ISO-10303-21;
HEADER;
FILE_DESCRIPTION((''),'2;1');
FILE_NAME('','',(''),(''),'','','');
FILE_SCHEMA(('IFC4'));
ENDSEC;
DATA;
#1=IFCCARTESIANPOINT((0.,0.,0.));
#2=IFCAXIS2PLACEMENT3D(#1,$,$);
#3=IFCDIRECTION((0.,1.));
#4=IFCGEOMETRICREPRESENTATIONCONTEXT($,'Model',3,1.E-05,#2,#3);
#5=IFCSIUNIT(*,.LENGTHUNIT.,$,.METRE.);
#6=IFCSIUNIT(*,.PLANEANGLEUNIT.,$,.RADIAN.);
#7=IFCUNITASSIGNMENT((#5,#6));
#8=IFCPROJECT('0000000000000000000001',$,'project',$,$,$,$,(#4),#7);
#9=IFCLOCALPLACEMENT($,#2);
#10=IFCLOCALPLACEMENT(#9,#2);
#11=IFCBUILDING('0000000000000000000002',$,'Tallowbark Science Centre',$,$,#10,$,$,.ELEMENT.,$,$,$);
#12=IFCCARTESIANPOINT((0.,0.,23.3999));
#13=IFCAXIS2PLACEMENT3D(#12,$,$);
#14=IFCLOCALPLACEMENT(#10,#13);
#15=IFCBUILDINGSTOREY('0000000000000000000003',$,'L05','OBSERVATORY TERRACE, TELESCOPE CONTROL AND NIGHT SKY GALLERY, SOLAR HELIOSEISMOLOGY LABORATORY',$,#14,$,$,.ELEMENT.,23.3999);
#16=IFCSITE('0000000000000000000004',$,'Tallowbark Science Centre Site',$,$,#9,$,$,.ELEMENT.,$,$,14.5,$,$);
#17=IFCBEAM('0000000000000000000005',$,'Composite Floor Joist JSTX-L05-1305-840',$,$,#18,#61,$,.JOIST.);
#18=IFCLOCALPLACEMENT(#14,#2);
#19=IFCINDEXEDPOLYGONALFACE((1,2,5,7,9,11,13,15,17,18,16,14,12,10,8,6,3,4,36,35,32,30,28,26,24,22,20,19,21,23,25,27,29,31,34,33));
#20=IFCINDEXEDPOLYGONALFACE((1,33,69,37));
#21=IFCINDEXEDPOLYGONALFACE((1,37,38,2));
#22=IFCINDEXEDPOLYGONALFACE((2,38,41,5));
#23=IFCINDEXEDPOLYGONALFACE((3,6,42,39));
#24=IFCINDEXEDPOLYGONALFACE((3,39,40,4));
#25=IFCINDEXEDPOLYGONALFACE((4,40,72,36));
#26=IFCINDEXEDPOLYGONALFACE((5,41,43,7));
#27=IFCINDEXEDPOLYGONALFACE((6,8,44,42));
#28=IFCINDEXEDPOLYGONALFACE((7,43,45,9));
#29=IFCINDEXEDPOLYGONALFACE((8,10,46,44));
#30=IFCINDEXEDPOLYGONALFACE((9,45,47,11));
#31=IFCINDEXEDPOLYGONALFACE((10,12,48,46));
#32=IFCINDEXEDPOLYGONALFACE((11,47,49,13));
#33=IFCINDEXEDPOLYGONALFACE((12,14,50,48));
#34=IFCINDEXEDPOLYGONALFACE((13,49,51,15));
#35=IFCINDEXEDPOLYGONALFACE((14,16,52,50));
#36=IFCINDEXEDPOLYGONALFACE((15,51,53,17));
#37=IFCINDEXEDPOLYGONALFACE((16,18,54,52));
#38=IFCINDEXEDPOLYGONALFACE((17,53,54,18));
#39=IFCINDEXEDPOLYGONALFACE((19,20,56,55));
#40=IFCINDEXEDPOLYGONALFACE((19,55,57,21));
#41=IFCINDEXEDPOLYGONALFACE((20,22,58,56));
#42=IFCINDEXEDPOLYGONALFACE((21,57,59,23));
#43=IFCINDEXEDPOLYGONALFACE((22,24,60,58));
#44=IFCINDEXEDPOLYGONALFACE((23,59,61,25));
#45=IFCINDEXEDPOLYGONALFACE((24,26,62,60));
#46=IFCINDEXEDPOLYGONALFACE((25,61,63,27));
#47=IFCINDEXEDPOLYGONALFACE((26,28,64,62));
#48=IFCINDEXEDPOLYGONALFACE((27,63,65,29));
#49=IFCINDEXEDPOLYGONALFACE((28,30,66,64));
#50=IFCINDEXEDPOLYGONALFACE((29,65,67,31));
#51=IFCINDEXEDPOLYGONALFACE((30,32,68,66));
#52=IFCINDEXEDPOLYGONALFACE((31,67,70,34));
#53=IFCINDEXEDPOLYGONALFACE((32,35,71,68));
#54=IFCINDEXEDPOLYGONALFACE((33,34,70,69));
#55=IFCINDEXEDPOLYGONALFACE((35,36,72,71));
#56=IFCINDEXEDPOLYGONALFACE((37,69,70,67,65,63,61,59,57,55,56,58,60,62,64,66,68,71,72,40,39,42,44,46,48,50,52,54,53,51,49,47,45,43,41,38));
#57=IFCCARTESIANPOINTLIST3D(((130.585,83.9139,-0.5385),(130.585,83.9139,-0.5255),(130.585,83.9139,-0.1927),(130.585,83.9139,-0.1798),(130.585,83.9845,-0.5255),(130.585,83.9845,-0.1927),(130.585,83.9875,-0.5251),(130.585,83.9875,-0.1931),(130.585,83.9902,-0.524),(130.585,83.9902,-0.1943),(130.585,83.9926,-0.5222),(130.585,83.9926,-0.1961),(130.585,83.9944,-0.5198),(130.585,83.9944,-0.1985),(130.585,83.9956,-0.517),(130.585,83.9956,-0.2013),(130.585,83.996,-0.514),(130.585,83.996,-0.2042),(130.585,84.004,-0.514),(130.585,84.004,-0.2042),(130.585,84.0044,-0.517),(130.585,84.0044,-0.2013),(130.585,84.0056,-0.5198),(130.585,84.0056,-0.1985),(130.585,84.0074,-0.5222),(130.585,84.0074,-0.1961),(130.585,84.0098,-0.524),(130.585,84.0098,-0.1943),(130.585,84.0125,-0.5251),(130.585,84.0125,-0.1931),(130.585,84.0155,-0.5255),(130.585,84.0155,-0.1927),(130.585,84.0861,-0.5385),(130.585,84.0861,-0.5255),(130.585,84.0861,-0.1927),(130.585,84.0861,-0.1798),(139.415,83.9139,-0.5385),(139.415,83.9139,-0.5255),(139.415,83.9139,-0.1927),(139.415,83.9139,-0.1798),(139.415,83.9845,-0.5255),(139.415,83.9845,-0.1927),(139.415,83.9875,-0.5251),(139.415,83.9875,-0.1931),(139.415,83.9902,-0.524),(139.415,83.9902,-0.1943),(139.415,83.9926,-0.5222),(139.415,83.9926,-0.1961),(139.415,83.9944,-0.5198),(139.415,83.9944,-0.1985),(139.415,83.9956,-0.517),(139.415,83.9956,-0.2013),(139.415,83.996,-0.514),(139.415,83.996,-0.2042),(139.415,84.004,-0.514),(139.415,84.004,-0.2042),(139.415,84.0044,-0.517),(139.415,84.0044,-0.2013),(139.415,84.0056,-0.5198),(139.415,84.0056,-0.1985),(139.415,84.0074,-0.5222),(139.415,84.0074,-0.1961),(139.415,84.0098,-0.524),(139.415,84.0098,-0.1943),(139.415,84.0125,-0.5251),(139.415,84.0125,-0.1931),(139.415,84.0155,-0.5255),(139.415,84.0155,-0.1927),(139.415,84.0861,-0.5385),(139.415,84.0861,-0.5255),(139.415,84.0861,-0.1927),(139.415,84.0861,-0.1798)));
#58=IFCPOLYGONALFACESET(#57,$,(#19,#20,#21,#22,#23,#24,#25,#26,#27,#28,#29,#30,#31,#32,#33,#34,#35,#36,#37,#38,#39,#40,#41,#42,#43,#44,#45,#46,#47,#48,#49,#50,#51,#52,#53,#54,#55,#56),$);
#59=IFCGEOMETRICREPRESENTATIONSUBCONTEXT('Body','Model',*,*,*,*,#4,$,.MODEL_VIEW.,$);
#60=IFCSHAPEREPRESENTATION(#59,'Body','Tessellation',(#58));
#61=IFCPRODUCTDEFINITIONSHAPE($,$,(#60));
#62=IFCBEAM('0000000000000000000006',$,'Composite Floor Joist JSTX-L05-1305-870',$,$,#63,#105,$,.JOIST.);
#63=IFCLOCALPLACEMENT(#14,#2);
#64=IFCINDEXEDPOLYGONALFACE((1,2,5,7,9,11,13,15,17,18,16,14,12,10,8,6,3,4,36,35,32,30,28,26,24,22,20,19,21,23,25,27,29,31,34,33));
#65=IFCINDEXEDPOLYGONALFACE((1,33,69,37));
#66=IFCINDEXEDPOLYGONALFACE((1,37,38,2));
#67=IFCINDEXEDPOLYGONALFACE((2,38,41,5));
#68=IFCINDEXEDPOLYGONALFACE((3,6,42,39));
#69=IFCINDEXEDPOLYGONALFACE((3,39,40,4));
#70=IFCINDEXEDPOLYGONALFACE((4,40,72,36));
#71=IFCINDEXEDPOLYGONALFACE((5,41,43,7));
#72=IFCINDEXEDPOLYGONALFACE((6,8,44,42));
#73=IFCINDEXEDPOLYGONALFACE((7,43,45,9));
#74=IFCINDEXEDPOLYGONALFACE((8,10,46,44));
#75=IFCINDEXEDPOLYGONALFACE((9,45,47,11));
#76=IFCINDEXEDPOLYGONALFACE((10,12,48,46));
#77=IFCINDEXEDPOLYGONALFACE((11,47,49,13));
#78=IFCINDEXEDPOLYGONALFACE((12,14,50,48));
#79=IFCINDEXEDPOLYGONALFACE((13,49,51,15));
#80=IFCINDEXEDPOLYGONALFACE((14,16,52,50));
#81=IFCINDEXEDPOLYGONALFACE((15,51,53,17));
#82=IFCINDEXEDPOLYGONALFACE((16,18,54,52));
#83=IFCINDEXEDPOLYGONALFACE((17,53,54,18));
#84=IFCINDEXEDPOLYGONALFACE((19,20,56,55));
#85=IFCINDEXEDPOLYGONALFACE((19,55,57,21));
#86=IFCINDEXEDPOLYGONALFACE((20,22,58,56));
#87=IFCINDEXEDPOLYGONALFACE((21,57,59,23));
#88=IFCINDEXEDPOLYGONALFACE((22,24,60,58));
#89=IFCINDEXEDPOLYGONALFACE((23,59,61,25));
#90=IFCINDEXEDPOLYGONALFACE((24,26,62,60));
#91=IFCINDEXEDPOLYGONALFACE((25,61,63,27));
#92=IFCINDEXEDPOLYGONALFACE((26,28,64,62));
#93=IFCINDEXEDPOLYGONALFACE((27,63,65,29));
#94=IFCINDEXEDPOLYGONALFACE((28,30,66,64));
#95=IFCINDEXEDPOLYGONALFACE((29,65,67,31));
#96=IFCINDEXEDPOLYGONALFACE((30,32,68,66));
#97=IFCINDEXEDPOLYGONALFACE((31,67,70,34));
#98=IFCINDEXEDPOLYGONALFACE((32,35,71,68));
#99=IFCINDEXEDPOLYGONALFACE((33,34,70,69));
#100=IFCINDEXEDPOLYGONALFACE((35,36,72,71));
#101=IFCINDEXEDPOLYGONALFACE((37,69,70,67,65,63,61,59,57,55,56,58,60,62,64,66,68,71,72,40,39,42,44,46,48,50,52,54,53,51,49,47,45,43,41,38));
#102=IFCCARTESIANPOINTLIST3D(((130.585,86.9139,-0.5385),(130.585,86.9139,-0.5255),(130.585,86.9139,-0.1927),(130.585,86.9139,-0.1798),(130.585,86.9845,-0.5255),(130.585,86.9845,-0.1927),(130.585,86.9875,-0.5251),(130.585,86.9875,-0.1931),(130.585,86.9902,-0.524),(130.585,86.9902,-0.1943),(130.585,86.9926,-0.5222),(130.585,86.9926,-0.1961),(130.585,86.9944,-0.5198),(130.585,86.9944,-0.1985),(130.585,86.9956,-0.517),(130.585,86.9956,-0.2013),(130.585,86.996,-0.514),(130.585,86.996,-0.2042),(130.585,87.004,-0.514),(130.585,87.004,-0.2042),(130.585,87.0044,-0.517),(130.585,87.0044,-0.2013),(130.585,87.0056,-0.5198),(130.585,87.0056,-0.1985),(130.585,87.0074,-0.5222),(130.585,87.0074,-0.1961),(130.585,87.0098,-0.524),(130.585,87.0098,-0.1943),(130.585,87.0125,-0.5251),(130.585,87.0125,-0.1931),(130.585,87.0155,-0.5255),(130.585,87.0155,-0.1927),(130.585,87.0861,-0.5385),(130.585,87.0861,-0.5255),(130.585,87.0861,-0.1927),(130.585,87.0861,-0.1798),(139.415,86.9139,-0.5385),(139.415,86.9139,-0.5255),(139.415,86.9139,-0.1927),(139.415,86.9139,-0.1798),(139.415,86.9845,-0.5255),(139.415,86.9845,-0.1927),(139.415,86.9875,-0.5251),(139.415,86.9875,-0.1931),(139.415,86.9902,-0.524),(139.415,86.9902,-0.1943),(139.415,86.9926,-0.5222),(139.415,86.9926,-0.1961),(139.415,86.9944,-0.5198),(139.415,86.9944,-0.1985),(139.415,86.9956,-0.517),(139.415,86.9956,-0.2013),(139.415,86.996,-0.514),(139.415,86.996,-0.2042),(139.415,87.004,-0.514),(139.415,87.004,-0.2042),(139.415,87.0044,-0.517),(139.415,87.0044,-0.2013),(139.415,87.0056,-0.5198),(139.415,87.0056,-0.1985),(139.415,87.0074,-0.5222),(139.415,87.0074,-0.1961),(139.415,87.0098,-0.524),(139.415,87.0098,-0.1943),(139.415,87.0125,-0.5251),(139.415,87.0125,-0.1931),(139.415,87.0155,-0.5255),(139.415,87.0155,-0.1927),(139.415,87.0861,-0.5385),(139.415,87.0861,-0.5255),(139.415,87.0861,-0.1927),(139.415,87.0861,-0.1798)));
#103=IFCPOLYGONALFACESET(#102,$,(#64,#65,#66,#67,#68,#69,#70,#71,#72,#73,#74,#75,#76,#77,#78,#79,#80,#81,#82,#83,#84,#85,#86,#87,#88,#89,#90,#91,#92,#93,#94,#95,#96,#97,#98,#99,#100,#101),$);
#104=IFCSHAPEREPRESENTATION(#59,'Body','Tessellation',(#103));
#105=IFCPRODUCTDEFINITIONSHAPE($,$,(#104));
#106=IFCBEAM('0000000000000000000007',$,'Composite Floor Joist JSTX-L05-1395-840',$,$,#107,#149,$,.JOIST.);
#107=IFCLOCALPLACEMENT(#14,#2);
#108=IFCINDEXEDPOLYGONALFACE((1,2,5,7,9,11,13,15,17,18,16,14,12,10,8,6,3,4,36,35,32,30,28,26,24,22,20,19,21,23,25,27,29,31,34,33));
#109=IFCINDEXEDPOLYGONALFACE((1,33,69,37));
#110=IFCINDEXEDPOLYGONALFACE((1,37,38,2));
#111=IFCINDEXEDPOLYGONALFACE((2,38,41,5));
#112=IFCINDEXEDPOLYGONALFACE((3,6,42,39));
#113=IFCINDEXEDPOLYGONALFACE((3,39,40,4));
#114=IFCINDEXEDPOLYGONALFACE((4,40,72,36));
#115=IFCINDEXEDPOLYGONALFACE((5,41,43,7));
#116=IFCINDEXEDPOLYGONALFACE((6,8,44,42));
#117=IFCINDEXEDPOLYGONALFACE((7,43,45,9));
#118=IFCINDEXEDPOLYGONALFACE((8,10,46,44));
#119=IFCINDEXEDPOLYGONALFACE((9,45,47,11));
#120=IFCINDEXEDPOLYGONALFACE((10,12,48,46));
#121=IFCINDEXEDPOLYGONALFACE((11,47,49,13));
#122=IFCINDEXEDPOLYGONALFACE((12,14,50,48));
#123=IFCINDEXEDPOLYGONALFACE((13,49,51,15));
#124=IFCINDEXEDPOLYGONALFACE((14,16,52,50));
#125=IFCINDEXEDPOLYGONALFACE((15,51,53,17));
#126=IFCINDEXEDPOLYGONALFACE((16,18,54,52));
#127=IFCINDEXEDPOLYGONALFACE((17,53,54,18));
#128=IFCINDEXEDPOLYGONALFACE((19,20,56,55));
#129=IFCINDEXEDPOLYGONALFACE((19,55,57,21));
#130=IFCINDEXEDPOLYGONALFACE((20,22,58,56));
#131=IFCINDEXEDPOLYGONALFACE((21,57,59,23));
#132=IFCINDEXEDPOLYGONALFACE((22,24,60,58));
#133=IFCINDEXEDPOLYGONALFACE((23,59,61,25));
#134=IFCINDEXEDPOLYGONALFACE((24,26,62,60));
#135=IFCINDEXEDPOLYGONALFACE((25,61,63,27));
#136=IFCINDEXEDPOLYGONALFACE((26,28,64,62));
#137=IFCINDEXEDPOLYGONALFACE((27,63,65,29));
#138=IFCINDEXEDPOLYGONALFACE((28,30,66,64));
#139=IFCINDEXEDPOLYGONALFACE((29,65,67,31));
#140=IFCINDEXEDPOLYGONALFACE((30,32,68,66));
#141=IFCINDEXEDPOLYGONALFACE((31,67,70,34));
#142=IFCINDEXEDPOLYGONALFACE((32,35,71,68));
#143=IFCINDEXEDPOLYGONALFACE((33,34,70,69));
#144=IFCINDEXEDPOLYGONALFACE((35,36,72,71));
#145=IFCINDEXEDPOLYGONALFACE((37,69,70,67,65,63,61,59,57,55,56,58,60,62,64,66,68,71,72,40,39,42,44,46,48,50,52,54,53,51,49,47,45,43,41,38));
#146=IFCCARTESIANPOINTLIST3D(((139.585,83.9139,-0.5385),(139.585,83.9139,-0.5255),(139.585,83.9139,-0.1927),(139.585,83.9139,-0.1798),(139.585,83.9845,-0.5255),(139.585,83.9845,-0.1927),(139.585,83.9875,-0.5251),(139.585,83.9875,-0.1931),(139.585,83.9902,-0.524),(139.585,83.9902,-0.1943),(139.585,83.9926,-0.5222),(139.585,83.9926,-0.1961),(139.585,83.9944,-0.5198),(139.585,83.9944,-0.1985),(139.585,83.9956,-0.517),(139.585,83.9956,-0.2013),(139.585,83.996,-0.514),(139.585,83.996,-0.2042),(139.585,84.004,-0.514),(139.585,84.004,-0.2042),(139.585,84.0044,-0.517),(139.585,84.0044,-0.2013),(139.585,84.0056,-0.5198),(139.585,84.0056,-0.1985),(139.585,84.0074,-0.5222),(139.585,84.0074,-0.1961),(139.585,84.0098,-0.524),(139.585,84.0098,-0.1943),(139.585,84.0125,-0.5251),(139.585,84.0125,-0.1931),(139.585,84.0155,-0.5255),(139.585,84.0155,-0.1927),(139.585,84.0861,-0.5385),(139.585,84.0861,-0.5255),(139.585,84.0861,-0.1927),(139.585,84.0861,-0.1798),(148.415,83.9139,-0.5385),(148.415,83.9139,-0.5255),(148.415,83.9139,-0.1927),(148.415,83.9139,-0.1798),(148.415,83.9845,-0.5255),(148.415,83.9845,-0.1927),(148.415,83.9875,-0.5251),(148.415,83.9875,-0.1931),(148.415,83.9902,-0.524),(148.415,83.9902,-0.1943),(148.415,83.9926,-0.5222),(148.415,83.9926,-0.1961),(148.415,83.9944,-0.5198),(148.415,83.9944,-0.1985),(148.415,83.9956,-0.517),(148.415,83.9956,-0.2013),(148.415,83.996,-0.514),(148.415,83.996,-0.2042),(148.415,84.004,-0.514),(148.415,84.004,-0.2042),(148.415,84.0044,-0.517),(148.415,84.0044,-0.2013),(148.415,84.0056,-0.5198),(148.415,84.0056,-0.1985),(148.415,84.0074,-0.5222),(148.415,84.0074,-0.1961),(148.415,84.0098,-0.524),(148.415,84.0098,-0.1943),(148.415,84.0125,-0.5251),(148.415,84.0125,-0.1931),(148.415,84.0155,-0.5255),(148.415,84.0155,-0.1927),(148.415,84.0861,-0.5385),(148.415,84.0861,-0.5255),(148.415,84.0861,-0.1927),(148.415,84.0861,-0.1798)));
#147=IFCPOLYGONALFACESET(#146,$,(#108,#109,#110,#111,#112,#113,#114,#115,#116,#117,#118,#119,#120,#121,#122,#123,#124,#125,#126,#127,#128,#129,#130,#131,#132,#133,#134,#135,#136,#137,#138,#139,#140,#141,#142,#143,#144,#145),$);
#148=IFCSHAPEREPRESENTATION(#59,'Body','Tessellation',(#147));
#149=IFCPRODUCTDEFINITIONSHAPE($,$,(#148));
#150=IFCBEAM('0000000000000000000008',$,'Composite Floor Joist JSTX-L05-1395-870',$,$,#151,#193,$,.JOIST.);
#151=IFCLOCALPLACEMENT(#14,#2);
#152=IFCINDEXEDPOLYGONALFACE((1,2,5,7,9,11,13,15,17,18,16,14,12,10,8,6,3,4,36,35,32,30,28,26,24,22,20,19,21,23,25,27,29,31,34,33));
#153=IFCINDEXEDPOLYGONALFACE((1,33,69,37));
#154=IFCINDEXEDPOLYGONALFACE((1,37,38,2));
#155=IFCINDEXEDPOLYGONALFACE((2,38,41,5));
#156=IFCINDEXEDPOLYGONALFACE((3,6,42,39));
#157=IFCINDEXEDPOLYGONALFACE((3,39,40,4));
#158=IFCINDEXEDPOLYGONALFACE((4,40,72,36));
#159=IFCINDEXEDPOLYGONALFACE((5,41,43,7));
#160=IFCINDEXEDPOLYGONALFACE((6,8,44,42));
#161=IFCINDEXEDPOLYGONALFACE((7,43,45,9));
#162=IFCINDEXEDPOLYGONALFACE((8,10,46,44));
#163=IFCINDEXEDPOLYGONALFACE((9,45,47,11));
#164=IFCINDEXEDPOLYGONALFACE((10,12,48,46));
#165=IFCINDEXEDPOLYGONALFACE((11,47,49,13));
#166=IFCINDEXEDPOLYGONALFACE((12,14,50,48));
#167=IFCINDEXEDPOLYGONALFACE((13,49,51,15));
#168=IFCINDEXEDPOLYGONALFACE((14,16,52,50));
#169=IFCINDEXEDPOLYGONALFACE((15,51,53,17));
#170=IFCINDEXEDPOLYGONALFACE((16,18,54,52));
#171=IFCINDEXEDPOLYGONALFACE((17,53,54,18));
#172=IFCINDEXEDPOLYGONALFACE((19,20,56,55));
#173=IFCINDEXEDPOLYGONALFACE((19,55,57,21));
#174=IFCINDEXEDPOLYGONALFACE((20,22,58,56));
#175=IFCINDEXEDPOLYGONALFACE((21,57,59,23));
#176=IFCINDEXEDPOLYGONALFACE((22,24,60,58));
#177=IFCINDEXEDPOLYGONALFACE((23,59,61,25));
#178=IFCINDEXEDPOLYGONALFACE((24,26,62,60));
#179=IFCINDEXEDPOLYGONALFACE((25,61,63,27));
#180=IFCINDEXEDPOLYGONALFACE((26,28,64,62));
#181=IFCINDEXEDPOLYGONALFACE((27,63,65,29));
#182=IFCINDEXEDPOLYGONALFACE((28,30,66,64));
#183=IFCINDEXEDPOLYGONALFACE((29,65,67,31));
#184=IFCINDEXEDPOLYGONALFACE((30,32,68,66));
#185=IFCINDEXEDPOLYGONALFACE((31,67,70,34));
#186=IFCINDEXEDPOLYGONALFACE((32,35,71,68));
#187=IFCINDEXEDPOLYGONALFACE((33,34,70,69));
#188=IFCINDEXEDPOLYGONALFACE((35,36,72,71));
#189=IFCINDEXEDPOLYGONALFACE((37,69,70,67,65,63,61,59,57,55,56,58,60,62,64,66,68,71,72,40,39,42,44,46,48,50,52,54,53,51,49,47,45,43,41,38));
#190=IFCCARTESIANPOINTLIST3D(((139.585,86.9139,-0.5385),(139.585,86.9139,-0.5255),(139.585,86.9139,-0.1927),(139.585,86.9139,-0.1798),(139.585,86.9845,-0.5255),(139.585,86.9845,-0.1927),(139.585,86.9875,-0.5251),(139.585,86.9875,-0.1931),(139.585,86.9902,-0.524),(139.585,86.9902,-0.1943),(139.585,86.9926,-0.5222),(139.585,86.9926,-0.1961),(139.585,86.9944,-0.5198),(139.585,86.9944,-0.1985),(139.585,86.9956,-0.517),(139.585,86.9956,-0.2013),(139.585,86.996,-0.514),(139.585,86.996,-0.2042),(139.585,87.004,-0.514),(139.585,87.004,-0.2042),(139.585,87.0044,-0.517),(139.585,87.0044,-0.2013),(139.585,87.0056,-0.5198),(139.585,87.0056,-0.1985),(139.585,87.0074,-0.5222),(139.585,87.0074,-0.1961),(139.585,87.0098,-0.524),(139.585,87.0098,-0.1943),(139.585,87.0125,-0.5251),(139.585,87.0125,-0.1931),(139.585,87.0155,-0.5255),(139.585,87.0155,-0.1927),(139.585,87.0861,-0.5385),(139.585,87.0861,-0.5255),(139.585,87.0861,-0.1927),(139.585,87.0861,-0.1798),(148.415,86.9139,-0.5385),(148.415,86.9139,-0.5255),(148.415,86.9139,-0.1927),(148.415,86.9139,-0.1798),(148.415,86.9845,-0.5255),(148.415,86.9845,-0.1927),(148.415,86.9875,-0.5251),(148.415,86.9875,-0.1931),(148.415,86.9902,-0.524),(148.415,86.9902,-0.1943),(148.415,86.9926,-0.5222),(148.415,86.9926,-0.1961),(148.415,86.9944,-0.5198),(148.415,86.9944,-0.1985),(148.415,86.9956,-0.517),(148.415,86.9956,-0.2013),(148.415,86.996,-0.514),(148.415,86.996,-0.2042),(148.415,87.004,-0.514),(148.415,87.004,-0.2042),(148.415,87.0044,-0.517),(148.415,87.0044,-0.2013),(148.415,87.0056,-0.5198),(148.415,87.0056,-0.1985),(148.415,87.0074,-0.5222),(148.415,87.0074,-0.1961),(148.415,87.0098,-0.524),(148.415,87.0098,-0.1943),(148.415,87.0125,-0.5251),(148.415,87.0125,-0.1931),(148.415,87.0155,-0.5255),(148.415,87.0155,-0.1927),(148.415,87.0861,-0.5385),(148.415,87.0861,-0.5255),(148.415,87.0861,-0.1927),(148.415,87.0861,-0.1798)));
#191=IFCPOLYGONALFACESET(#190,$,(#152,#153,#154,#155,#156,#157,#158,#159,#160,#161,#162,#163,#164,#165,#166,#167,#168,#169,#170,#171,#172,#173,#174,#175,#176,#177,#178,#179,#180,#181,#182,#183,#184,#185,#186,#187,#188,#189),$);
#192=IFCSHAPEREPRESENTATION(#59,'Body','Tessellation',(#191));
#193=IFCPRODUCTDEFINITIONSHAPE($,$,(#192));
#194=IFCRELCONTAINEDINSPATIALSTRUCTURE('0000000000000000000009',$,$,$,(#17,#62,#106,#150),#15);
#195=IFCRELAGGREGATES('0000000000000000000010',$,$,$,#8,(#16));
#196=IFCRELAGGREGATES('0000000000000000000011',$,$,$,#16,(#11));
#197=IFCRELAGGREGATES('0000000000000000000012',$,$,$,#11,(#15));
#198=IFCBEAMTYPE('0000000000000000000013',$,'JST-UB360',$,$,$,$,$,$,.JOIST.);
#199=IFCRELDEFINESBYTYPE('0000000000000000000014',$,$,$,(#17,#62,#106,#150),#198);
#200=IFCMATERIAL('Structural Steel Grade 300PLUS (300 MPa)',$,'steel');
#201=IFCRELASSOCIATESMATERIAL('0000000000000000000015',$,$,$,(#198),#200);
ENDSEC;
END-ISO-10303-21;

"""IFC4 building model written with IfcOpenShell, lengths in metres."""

from ifc_helpers import new_model, si_unit, direction, frame, origin, origin_2d, place, context, subcontext, project, spatial, i_section, extrude, material, material_profile, profile_set, type_object, element, save


model = new_model("IFC4")

# Units and contexts
model_context = context("Model", 3, precision=1e-05, world=origin(), true_north=direction((0.0, 1.0)))
body_context = subcontext(model_context, "Body", "Model", "MODEL_VIEW")
ifc_project = project(units=[si_unit("LENGTHUNIT", "METRE"), si_unit("PLANEANGLEUNIT", "RADIAN")], contexts=[model_context])

# Site, building, storey
site_placement = place(None, origin())
site = spatial("IfcSite", under=ifc_project, at=site_placement, Name="Tallowbark Science Centre Site", CompositionType="ELEMENT", RefElevation=14.5)
building_placement = place(site_placement, origin())
building = spatial("IfcBuilding", under=site, at=building_placement, Name="Tallowbark Science Centre", CompositionType="ELEMENT")
storey_placement = place(building_placement, frame((0.0, 0.0, 23.3999)))
storey = spatial("IfcBuildingStorey", under=building, at=storey_placement, Name="L05", Description="OBSERVATORY TERRACE, TELESCOPE CONTROL AND NIGHT SKY GALLERY, SOLAR HELIOSEISMOLOGY LABORATORY", CompositionType="ELEMENT", Elevation=23.3999)

# Shared definitions
ifc_material_1 = material(Name="Structural Steel Grade 300PLUS (300 MPa)", Category="steel")

# Beams
ifc_material_profile_1 = material_profile(ifc_material_1, i_section(OverallWidth=0.1721, OverallDepth=0.3586, WebThickness=0.0081, FlangeThickness=0.0129, FilletRadius=0.0115, at=origin_2d()), Name="360UB56.7")
ifc_profile_set_1 = profile_set([ifc_material_profile_1], Name="Structural Steel Grade 300PLUS (300 MPa)")
beam_type_1 = type_object("IfcBeamType", Name="JST-UB360", PredefinedType="JOIST", material=ifc_profile_set_1)
for number, where, z_axis, x_axis, name in (
    (1, (130.585, 84.0, -0.3591), (1.0, 0.0, 0.0), (0.0, 1.0, 0.0), "Composite Floor Joist JSTX-L05-1305-840"),
    (2, (130.585, 87.0, -0.3591), (1.0, 0.0, 0.0), (0.0, 1.0, 0.0), "Composite Floor Joist JSTX-L05-1305-870"),
    (3, (139.585, 84.0, -0.3591), (1.0, 0.0, 0.0), (0.0, 1.0, 0.0), "Composite Floor Joist JSTX-L05-1395-840"),
    (4, (139.585, 87.0, -0.3591), (1.0, 0.0, 0.0), (0.0, 1.0, 0.0), "Composite Floor Joist JSTX-L05-1395-870"),
):
    element("IfcBeam", number, at=place(storey_placement, frame(where, z_axis=z_axis, x_axis=x_axis)), inside=storey, type_object=beam_type_1, Name=name, PredefinedType="JOIST", context=body_context, shape_type="SweptSolid", body=[
        extrude(i_section(OverallWidth=0.1721, OverallDepth=0.3586, WebThickness=0.0081, FlangeThickness=0.0129, FilletRadius=0.0115, at=origin_2d()), origin(), (0.0, 0.0, 1.0), 8.8301),
    ])

save(model, "model.ifc")
